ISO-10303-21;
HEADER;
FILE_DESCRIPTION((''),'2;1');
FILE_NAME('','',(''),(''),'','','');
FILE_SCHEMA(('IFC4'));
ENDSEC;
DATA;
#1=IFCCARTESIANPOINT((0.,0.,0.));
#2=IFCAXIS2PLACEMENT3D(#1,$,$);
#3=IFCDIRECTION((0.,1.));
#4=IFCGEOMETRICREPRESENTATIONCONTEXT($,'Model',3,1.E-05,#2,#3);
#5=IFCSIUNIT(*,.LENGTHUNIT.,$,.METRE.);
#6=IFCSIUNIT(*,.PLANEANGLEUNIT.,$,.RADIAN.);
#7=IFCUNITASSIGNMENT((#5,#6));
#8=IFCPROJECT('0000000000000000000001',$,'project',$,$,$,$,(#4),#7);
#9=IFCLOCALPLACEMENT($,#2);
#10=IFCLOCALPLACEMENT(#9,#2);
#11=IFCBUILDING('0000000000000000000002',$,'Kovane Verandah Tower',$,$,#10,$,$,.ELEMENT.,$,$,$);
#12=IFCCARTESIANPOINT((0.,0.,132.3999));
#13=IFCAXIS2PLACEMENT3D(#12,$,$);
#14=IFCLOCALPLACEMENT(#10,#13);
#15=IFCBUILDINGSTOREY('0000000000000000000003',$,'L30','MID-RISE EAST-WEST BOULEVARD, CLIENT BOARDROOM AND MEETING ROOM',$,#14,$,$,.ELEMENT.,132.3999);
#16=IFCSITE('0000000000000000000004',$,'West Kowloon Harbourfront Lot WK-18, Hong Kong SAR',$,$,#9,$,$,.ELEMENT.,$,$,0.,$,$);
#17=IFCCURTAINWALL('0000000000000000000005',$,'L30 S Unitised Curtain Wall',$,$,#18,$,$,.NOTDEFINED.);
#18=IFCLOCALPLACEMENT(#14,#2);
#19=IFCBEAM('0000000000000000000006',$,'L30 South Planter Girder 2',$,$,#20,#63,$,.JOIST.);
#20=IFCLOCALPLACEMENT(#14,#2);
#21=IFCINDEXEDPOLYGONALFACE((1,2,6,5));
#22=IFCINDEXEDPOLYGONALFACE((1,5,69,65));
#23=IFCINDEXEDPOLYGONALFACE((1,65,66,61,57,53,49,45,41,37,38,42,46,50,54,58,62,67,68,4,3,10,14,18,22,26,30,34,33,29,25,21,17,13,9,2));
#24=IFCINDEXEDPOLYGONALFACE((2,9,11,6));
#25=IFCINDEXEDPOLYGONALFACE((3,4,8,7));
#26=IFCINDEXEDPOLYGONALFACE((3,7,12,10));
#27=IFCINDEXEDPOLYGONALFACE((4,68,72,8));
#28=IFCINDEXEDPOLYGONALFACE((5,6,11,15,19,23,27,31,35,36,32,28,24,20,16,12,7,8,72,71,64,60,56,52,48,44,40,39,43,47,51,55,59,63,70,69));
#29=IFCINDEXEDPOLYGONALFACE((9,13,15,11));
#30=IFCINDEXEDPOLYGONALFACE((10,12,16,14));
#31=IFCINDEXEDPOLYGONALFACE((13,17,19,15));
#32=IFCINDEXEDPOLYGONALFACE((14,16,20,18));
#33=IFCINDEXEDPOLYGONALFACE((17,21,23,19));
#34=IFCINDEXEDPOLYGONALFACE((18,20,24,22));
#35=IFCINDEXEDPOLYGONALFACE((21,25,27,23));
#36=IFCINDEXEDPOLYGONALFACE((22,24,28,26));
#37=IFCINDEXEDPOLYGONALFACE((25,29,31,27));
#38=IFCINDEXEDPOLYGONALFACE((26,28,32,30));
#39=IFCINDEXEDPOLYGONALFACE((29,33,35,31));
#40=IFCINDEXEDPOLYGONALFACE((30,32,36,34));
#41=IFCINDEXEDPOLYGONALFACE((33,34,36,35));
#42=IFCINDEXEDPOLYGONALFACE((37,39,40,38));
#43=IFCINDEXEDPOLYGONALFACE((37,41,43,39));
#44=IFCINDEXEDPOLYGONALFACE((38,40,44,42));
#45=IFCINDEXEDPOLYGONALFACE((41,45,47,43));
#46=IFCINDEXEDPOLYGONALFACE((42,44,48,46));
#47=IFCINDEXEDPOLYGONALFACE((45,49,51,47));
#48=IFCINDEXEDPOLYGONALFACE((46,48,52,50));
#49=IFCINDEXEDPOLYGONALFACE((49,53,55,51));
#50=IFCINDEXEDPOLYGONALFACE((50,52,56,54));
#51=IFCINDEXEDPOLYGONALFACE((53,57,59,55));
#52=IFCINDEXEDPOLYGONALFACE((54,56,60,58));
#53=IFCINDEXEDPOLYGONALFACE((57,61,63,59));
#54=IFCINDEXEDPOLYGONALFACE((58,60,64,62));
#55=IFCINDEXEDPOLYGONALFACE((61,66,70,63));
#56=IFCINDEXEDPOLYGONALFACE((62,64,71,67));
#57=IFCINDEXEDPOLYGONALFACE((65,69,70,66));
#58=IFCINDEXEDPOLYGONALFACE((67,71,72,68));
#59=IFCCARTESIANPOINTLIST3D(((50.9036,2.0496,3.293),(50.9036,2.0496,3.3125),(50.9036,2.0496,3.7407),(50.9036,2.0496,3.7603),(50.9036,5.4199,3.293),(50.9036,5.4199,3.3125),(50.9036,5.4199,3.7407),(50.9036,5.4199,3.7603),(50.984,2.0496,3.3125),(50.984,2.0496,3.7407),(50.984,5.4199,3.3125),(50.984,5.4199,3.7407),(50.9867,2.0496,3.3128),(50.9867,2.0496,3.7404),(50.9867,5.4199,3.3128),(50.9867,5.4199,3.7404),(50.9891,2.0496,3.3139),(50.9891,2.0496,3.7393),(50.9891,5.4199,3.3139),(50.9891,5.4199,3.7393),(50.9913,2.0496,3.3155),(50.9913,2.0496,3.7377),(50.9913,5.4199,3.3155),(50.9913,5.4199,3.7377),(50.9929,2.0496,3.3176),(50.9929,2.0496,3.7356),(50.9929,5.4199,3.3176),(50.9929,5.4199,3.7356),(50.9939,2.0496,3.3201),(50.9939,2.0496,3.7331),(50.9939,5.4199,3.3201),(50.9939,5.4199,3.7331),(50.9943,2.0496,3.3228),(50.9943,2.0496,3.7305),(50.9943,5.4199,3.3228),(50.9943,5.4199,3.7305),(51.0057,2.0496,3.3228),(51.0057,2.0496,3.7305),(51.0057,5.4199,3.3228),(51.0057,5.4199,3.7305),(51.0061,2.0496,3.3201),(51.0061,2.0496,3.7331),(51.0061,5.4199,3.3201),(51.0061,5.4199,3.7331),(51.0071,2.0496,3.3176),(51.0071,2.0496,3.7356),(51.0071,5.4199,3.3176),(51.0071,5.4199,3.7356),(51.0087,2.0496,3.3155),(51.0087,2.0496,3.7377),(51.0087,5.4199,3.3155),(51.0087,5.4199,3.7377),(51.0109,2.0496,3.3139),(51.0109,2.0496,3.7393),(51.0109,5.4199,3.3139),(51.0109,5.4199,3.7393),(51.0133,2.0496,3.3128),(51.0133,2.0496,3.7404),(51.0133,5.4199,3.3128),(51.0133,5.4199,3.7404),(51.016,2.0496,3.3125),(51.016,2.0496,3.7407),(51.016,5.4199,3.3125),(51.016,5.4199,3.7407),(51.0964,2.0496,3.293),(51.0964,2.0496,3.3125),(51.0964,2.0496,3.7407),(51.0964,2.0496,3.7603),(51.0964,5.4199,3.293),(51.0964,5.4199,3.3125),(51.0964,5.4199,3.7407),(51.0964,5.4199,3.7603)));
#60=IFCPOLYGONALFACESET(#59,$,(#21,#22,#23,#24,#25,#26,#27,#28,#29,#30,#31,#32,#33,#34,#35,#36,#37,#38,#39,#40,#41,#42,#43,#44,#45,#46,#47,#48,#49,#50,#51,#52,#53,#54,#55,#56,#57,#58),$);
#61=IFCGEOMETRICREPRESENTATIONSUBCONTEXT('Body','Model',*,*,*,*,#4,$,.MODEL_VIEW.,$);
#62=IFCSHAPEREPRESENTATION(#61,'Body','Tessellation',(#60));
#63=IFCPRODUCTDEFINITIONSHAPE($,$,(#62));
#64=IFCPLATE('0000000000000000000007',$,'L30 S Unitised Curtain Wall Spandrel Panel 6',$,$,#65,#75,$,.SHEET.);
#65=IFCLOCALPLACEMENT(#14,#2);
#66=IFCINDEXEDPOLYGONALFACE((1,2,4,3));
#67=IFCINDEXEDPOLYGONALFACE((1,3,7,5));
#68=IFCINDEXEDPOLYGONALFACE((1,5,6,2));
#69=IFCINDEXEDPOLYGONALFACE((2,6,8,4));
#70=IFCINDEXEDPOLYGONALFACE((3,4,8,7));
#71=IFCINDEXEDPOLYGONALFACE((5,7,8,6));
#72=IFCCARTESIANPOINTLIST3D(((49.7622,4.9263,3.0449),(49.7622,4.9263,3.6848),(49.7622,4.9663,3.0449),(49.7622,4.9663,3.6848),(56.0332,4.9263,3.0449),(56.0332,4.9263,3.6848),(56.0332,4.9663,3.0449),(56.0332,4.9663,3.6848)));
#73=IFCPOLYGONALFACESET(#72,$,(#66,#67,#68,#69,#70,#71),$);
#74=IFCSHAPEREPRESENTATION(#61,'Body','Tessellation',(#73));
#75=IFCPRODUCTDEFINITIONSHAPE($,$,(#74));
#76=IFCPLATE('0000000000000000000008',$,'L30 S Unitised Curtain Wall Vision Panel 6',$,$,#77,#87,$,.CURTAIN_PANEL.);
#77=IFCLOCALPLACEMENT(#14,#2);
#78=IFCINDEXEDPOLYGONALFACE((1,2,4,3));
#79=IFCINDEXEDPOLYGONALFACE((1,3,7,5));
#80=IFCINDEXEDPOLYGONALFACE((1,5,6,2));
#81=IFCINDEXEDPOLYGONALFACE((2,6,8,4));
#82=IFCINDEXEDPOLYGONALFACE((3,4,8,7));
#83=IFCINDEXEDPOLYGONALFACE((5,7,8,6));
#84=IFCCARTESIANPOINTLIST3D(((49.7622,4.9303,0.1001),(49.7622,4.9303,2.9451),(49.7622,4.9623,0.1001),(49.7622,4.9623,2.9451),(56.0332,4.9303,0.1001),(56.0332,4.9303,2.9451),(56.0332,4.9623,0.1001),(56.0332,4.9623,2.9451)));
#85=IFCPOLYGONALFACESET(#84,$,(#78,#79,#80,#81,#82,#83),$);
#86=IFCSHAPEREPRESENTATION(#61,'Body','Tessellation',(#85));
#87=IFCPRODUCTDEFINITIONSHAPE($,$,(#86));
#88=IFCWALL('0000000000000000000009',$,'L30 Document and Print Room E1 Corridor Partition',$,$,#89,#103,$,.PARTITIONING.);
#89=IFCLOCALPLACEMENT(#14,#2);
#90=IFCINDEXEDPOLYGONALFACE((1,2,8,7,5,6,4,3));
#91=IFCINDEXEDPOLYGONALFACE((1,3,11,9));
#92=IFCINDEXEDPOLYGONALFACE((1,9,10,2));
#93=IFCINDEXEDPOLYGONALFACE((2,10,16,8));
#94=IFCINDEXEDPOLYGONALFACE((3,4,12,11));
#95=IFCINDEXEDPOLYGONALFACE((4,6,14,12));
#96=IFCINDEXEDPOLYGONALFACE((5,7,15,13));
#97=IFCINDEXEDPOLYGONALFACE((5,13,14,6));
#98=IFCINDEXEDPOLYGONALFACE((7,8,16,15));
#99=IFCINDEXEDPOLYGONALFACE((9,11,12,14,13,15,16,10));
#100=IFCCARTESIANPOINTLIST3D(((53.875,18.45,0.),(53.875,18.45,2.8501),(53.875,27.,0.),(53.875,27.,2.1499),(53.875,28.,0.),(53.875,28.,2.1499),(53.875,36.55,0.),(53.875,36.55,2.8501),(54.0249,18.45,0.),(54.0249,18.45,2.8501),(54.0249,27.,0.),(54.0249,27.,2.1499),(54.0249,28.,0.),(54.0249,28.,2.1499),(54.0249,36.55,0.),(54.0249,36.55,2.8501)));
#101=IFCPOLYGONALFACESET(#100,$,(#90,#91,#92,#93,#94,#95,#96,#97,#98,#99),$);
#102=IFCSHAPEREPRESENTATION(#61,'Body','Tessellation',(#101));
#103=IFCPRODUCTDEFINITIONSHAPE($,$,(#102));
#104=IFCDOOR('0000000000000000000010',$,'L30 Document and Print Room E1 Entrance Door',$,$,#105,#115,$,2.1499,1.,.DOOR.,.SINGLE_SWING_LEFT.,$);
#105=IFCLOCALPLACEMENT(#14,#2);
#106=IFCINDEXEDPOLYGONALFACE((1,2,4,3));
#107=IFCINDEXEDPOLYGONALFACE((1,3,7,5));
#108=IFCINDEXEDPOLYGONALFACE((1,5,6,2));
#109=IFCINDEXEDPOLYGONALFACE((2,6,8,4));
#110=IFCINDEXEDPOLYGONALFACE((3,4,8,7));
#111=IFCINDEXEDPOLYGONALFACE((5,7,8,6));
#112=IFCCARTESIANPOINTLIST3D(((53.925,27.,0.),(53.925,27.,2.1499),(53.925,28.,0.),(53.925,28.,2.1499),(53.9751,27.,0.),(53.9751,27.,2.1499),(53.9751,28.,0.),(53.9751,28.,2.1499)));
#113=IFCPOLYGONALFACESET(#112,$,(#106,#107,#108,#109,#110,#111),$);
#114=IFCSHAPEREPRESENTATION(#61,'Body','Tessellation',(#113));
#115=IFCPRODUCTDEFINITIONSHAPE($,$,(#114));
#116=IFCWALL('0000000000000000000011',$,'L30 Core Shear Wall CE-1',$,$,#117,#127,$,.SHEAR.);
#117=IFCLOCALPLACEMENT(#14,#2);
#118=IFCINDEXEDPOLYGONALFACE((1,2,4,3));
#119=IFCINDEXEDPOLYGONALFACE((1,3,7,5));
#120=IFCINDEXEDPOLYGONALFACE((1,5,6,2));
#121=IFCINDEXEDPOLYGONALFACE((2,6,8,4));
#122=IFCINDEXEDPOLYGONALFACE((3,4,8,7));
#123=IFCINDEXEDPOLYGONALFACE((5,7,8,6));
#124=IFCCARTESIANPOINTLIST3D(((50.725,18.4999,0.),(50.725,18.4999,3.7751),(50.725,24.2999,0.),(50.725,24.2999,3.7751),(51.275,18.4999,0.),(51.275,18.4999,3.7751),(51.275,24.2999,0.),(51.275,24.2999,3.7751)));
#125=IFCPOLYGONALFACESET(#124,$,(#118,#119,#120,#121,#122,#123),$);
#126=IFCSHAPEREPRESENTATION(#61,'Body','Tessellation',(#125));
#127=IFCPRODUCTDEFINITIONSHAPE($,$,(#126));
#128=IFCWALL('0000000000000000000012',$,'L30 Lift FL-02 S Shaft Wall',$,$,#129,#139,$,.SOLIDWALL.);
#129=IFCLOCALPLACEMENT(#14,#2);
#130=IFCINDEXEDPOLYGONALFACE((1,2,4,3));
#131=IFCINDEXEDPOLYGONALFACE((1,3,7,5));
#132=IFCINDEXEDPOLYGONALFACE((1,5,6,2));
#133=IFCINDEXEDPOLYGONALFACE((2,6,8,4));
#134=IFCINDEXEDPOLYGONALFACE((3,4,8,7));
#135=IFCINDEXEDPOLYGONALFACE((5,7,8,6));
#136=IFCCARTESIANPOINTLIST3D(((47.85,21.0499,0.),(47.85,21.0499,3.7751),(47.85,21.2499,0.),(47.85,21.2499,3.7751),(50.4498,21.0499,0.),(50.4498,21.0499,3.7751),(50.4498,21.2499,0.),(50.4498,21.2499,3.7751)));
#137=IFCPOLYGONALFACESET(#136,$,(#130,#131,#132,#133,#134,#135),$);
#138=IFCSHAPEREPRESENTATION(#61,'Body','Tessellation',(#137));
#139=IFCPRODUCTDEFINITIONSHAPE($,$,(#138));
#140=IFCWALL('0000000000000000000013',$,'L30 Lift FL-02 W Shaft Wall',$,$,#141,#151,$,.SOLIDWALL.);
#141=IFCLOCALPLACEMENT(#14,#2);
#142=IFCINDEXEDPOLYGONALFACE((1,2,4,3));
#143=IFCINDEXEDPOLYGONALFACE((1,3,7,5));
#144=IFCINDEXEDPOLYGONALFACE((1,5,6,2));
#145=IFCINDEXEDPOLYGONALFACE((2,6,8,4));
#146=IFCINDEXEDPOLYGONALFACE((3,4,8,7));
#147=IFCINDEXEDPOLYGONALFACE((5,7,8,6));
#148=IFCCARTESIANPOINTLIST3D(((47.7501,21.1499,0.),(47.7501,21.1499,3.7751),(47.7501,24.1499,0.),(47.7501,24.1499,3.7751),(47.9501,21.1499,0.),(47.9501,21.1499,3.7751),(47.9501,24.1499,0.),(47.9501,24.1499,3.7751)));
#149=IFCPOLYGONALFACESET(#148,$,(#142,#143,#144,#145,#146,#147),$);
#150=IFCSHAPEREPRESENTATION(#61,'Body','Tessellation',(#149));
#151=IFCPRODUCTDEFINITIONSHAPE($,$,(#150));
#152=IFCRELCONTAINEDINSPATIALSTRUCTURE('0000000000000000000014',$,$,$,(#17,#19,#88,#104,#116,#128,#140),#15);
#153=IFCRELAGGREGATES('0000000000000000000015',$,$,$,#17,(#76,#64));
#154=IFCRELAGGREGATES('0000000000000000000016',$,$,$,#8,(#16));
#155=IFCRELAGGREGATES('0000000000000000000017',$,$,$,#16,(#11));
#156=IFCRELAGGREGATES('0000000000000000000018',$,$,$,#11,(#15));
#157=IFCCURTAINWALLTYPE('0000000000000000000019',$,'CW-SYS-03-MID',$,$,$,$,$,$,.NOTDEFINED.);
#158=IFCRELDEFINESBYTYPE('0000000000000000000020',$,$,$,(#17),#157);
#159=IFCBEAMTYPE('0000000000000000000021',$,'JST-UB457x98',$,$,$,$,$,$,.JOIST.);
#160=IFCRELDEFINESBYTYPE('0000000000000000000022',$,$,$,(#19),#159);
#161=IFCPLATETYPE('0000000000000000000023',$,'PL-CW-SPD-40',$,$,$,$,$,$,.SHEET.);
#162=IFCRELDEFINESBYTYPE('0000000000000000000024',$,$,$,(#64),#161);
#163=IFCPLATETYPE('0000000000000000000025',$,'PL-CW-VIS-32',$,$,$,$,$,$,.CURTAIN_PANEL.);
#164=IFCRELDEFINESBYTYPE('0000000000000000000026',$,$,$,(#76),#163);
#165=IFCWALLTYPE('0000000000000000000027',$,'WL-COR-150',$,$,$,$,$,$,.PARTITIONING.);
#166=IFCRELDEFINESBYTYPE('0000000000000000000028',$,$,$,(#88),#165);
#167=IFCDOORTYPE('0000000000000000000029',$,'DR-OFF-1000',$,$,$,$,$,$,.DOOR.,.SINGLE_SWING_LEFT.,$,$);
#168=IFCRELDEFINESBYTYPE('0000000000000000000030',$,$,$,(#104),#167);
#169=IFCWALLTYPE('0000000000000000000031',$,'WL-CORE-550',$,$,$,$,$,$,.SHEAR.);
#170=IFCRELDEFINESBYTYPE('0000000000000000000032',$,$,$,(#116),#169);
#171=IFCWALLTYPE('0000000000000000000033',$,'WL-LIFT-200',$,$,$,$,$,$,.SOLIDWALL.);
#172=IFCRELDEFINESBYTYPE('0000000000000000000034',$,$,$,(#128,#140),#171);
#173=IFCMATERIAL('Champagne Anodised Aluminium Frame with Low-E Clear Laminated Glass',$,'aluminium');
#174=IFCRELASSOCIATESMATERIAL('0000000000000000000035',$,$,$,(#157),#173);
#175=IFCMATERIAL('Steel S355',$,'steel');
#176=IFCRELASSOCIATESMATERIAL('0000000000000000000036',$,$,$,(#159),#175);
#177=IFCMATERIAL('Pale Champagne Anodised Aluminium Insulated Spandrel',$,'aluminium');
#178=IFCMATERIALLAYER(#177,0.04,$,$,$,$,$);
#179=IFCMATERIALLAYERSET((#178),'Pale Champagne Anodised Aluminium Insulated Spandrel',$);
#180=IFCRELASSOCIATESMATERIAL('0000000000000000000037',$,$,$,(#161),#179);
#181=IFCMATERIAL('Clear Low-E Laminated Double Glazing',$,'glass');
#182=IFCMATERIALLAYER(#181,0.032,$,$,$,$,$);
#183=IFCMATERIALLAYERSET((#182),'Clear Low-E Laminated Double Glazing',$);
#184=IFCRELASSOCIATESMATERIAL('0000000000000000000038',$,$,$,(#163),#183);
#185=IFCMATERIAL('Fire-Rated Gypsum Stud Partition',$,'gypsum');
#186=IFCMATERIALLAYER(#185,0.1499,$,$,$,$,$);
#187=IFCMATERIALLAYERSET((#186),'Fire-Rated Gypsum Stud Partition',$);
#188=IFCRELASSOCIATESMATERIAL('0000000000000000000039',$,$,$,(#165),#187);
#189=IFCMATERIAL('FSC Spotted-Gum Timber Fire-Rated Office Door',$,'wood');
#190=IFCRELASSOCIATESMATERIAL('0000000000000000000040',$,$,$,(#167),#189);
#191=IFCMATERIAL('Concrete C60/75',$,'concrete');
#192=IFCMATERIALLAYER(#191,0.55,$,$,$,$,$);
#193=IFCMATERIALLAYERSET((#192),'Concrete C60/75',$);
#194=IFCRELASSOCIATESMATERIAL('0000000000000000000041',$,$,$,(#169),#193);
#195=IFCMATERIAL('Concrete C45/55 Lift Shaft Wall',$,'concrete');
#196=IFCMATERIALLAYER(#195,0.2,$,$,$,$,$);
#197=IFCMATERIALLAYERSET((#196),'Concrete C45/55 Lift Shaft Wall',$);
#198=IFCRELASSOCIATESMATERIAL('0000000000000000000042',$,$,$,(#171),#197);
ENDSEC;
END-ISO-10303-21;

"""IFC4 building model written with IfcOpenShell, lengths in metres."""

from ifc_helpers import new_model, si_unit, direction, frame, frame_2d, origin, origin_2d, place, context, subcontext, project, spatial, rectangle, i_section, extrude, material, layer, layer_set, material_profile, profile_set, type_object, element, fill, aggregate, save


model = new_model("IFC4")

# Units and contexts
model_context = context("Model", 3, precision=1e-05, world=origin(), true_north=direction((0.0, 1.0)))
body_context = subcontext(model_context, "Body", "Model", "MODEL_VIEW")
ifc_project = project(units=[si_unit("LENGTHUNIT", "METRE"), si_unit("PLANEANGLEUNIT", "RADIAN")], contexts=[model_context])

# Site, building, storey
site_placement = place(None, origin())
site = spatial("IfcSite", under=ifc_project, at=site_placement, Name="West Kowloon Harbourfront Lot WK-18, Hong Kong SAR", CompositionType="ELEMENT", RefElevation=0.0)
building_placement = place(site_placement, origin())
building = spatial("IfcBuilding", under=site, at=building_placement, Name="Kovane Verandah Tower", CompositionType="ELEMENT")
storey_placement = place(building_placement, frame((0.0, 0.0, 132.3999)))
storey = spatial("IfcBuildingStorey", under=building, at=storey_placement, Name="L30", Description="MID-RISE EAST-WEST BOULEVARD, CLIENT BOARDROOM AND MEETING ROOM", CompositionType="ELEMENT", Elevation=132.3999)

# Shared definitions
ifc_material_1 = material(Name="Steel S355", Category="steel")

# Curtain wall
ifc_material_2 = material(Name="Champagne Anodised Aluminium Frame with Low-E Clear Laminated Glass", Category="aluminium")
curtain_wall_type = type_object("IfcCurtainWallType", Name="CW-SYS-03-MID", PredefinedType="NOTDEFINED", material=ifc_material_2)
curtain_wall_placement = place(storey_placement, origin())
curtain_wall = element("IfcCurtainWall", 1, at=curtain_wall_placement, inside=storey, type_object=curtain_wall_type, Name="L30 S Unitised Curtain Wall", PredefinedType="NOTDEFINED")

# Beam
ifc_material_profile_1 = material_profile(ifc_material_1, i_section(OverallWidth=0.1929, OverallDepth=0.4673, WebThickness=0.0115, FlangeThickness=0.0195, FilletRadius=0.0103, at=origin_2d()), Name="UB457x191x98")
ifc_profile_set_1 = profile_set([ifc_material_profile_1], Name="Steel S355")
beam_type_1 = type_object("IfcBeamType", Name="JST-UB457x98", PredefinedType="JOIST", material=ifc_profile_set_1)
beam_1_placement = place(storey_placement, frame((51.0, 5.4199, 3.5266), z_axis=(0.0, -1.0, 0.0), x_axis=(1.0, 0.0, 0.0)))
element("IfcBeam", 2, at=beam_1_placement, inside=storey, type_object=beam_type_1, Name="L30 South Planter Girder 2", PredefinedType="JOIST", context=body_context, shape_type="SweptSolid", body=[
    extrude(i_section(OverallWidth=0.1929, OverallDepth=0.4673, WebThickness=0.0115, FlangeThickness=0.0195, FilletRadius=0.0103, at=origin_2d()), origin(), (0.0, 0.0, 1.0), 3.3704),
])

# Plates
ifc_material_3 = material(Name="Pale Champagne Anodised Aluminium Insulated Spandrel", Category="aluminium")
ifc_layer_1 = layer(ifc_material_3, 0.04)
ifc_layer_set_1 = layer_set([ifc_layer_1], Name="Pale Champagne Anodised Aluminium Insulated Spandrel")
plate_type_1 = type_object("IfcPlateType", Name="PL-CW-SPD-40", PredefinedType="SHEET", material=ifc_layer_set_1)
plate_1_placement = place(storey_placement, frame((52.8977, 4.9463, 3.0449), z_axis=(0.0, 0.0, 1.0), x_axis=(1.0, 0.0, 0.0)))
plate_1 = element("IfcPlate", 3, at=plate_1_placement, type_object=plate_type_1, Name="L30 S Unitised Curtain Wall Spandrel Panel 6", PredefinedType="SHEET", context=body_context, shape_type="SweptSolid", body=[
    extrude(rectangle(XDim=6.271, YDim=0.04, at=origin_2d()), origin(), (0.0, 0.0, 1.0), 0.6399),
])
ifc_material_4 = material(Name="Clear Low-E Laminated Double Glazing", Category="glass")
ifc_layer_2 = layer(ifc_material_4, 0.032)
ifc_layer_set_2 = layer_set([ifc_layer_2], Name="Clear Low-E Laminated Double Glazing")
plate_type_2 = type_object("IfcPlateType", Name="PL-CW-VIS-32", PredefinedType="CURTAIN_PANEL", material=ifc_layer_set_2)
plate_2_placement = place(storey_placement, frame((52.8977, 4.9463, 0.1001), z_axis=(0.0, 0.0, 1.0), x_axis=(1.0, 0.0, 0.0)))
plate_2 = element("IfcPlate", 4, at=plate_2_placement, type_object=plate_type_2, Name="L30 S Unitised Curtain Wall Vision Panel 6", PredefinedType="CURTAIN_PANEL", context=body_context, shape_type="SweptSolid", body=[
    extrude(rectangle(XDim=6.271, YDim=0.032, at=origin_2d()), origin(), (0.0, 0.0, 1.0), 2.845),
])
aggregate(curtain_wall, [plate_2, plate_1])

# Wall, opening, door
ifc_material_5 = material(Name="Fire-Rated Gypsum Stud Partition", Category="gypsum")
ifc_layer_3 = layer(ifc_material_5, 0.1499)
ifc_layer_set_3 = layer_set([ifc_layer_3], Name="Fire-Rated Gypsum Stud Partition")
wall_type_1 = type_object("IfcWallType", Name="WL-COR-150", PredefinedType="PARTITIONING", material=ifc_layer_set_3)
wall_1_placement = place(storey_placement, frame((53.95, 18.45, 0.0), z_axis=(0.0, 0.0, 1.0), x_axis=(0.0, 1.0, 0.0)))
wall_1 = element("IfcWall", 5, at=wall_1_placement, inside=storey, type_object=wall_type_1, Name="L30 Document and Print Room E1 Corridor Partition", PredefinedType="PARTITIONING", context=body_context, shape_type="SweptSolid", body=[
    extrude(rectangle(XDim=18.1001, YDim=0.1499, at=frame_2d((9.05, 0.0))), origin(), (0.0, 0.0, 1.0), 2.8501),
])
opening_1_placement = place(wall_1_placement, frame((8.55, 0.0, 0.0)))
opening_1 = element("IfcOpeningElement", 6, at=opening_1_placement, cuts=wall_1, PredefinedType="OPENING", context=body_context, shape_type="SweptSolid", body=[
    extrude(rectangle(XDim=1.0, YDim=2.1499, at=frame_2d((0.5, 1.075))), frame((0.0, 0.075, 0.0), z_axis=(0.0, -1.0, 0.0), x_axis=(1.0, 0.0, 0.0)), (0.0, 0.0, 1.0), 0.1499),
])
ifc_material_6 = material(Name="FSC Spotted-Gum Timber Fire-Rated Office Door", Category="wood")
door_type_1 = type_object("IfcDoorType", Name="DR-OFF-1000", OperationType="SINGLE_SWING_LEFT", PredefinedType="DOOR", material=ifc_material_6)
door_1_placement = place(opening_1_placement, origin())
door_1 = element("IfcDoor", 7, at=door_1_placement, inside=storey, type_object=door_type_1, Name="L30 Document and Print Room E1 Entrance Door", OperationType="SINGLE_SWING_LEFT", OverallHeight=2.1499, OverallWidth=1.0, PredefinedType="DOOR", context=body_context, shape_type="SweptSolid", body=[
    extrude(rectangle(XDim=1.0, YDim=2.1499, at=frame_2d((0.5, 1.075))), frame((0.0, 0.0249, 0.0), z_axis=(0.0, -1.0, 0.0), x_axis=(1.0, 0.0, 0.0)), (0.0, 0.0, 1.0), 0.05),
])
fill(opening_1, door_1)

# Walls
ifc_material_7 = material(Name="Concrete C60/75", Category="concrete")
ifc_layer_4 = layer(ifc_material_7, 0.55)
ifc_layer_set_4 = layer_set([ifc_layer_4], Name="Concrete C60/75")
wall_type_2 = type_object("IfcWallType", Name="WL-CORE-550", PredefinedType="SHEAR", material=ifc_layer_set_4)
wall_2_placement = place(storey_placement, frame((51.0, 18.5, 0.0), z_axis=(0.0, 0.0, 1.0), x_axis=(0.0, 1.0, 0.0)))
element("IfcWall", 8, at=wall_2_placement, inside=storey, type_object=wall_type_2, Name="L30 Core Shear Wall CE-1", PredefinedType="SHEAR", context=body_context, shape_type="SweptSolid", body=[
    extrude(rectangle(XDim=5.8, YDim=0.55, at=frame_2d((2.8999, 0.0))), origin(), (0.0, 0.0, 1.0), 3.7751),
])
ifc_material_8 = material(Name="Concrete C45/55 Lift Shaft Wall", Category="concrete")
ifc_layer_5 = layer(ifc_material_8, 0.2)
ifc_layer_set_5 = layer_set([ifc_layer_5], Name="Concrete C45/55 Lift Shaft Wall")
wall_type_3 = type_object("IfcWallType", Name="WL-LIFT-200", PredefinedType="SOLIDWALL", material=ifc_layer_set_5)
wall_3_placement = place(storey_placement, frame((47.8501, 21.1499, 0.0), z_axis=(0.0, 0.0, 1.0), x_axis=(1.0, 0.0, 0.0)))
element("IfcWall", 9, at=wall_3_placement, inside=storey, type_object=wall_type_3, Name="L30 Lift FL-02 S Shaft Wall", PredefinedType="SOLIDWALL", context=body_context, shape_type="SweptSolid", body=[
    extrude(rectangle(XDim=2.5999, YDim=0.2, at=frame_2d((1.2998, 0.0))), origin(), (0.0, 0.0, 1.0), 3.7751),
])

# Wall
wall_4_placement = place(storey_placement, frame((47.8501, 24.1499, 0.0), z_axis=(0.0, 0.0, 1.0), x_axis=(0.0, -1.0, 0.0)))
element("IfcWall", 10, at=wall_4_placement, inside=storey, type_object=wall_type_3, Name="L30 Lift FL-02 W Shaft Wall", PredefinedType="SOLIDWALL", context=body_context, shape_type="SweptSolid", body=[
    extrude(rectangle(XDim=3.0, YDim=0.2, at=frame_2d((1.5, 0.0))), origin(), (0.0, 0.0, 1.0), 3.7751),
])

save(model, "model.ifc")
